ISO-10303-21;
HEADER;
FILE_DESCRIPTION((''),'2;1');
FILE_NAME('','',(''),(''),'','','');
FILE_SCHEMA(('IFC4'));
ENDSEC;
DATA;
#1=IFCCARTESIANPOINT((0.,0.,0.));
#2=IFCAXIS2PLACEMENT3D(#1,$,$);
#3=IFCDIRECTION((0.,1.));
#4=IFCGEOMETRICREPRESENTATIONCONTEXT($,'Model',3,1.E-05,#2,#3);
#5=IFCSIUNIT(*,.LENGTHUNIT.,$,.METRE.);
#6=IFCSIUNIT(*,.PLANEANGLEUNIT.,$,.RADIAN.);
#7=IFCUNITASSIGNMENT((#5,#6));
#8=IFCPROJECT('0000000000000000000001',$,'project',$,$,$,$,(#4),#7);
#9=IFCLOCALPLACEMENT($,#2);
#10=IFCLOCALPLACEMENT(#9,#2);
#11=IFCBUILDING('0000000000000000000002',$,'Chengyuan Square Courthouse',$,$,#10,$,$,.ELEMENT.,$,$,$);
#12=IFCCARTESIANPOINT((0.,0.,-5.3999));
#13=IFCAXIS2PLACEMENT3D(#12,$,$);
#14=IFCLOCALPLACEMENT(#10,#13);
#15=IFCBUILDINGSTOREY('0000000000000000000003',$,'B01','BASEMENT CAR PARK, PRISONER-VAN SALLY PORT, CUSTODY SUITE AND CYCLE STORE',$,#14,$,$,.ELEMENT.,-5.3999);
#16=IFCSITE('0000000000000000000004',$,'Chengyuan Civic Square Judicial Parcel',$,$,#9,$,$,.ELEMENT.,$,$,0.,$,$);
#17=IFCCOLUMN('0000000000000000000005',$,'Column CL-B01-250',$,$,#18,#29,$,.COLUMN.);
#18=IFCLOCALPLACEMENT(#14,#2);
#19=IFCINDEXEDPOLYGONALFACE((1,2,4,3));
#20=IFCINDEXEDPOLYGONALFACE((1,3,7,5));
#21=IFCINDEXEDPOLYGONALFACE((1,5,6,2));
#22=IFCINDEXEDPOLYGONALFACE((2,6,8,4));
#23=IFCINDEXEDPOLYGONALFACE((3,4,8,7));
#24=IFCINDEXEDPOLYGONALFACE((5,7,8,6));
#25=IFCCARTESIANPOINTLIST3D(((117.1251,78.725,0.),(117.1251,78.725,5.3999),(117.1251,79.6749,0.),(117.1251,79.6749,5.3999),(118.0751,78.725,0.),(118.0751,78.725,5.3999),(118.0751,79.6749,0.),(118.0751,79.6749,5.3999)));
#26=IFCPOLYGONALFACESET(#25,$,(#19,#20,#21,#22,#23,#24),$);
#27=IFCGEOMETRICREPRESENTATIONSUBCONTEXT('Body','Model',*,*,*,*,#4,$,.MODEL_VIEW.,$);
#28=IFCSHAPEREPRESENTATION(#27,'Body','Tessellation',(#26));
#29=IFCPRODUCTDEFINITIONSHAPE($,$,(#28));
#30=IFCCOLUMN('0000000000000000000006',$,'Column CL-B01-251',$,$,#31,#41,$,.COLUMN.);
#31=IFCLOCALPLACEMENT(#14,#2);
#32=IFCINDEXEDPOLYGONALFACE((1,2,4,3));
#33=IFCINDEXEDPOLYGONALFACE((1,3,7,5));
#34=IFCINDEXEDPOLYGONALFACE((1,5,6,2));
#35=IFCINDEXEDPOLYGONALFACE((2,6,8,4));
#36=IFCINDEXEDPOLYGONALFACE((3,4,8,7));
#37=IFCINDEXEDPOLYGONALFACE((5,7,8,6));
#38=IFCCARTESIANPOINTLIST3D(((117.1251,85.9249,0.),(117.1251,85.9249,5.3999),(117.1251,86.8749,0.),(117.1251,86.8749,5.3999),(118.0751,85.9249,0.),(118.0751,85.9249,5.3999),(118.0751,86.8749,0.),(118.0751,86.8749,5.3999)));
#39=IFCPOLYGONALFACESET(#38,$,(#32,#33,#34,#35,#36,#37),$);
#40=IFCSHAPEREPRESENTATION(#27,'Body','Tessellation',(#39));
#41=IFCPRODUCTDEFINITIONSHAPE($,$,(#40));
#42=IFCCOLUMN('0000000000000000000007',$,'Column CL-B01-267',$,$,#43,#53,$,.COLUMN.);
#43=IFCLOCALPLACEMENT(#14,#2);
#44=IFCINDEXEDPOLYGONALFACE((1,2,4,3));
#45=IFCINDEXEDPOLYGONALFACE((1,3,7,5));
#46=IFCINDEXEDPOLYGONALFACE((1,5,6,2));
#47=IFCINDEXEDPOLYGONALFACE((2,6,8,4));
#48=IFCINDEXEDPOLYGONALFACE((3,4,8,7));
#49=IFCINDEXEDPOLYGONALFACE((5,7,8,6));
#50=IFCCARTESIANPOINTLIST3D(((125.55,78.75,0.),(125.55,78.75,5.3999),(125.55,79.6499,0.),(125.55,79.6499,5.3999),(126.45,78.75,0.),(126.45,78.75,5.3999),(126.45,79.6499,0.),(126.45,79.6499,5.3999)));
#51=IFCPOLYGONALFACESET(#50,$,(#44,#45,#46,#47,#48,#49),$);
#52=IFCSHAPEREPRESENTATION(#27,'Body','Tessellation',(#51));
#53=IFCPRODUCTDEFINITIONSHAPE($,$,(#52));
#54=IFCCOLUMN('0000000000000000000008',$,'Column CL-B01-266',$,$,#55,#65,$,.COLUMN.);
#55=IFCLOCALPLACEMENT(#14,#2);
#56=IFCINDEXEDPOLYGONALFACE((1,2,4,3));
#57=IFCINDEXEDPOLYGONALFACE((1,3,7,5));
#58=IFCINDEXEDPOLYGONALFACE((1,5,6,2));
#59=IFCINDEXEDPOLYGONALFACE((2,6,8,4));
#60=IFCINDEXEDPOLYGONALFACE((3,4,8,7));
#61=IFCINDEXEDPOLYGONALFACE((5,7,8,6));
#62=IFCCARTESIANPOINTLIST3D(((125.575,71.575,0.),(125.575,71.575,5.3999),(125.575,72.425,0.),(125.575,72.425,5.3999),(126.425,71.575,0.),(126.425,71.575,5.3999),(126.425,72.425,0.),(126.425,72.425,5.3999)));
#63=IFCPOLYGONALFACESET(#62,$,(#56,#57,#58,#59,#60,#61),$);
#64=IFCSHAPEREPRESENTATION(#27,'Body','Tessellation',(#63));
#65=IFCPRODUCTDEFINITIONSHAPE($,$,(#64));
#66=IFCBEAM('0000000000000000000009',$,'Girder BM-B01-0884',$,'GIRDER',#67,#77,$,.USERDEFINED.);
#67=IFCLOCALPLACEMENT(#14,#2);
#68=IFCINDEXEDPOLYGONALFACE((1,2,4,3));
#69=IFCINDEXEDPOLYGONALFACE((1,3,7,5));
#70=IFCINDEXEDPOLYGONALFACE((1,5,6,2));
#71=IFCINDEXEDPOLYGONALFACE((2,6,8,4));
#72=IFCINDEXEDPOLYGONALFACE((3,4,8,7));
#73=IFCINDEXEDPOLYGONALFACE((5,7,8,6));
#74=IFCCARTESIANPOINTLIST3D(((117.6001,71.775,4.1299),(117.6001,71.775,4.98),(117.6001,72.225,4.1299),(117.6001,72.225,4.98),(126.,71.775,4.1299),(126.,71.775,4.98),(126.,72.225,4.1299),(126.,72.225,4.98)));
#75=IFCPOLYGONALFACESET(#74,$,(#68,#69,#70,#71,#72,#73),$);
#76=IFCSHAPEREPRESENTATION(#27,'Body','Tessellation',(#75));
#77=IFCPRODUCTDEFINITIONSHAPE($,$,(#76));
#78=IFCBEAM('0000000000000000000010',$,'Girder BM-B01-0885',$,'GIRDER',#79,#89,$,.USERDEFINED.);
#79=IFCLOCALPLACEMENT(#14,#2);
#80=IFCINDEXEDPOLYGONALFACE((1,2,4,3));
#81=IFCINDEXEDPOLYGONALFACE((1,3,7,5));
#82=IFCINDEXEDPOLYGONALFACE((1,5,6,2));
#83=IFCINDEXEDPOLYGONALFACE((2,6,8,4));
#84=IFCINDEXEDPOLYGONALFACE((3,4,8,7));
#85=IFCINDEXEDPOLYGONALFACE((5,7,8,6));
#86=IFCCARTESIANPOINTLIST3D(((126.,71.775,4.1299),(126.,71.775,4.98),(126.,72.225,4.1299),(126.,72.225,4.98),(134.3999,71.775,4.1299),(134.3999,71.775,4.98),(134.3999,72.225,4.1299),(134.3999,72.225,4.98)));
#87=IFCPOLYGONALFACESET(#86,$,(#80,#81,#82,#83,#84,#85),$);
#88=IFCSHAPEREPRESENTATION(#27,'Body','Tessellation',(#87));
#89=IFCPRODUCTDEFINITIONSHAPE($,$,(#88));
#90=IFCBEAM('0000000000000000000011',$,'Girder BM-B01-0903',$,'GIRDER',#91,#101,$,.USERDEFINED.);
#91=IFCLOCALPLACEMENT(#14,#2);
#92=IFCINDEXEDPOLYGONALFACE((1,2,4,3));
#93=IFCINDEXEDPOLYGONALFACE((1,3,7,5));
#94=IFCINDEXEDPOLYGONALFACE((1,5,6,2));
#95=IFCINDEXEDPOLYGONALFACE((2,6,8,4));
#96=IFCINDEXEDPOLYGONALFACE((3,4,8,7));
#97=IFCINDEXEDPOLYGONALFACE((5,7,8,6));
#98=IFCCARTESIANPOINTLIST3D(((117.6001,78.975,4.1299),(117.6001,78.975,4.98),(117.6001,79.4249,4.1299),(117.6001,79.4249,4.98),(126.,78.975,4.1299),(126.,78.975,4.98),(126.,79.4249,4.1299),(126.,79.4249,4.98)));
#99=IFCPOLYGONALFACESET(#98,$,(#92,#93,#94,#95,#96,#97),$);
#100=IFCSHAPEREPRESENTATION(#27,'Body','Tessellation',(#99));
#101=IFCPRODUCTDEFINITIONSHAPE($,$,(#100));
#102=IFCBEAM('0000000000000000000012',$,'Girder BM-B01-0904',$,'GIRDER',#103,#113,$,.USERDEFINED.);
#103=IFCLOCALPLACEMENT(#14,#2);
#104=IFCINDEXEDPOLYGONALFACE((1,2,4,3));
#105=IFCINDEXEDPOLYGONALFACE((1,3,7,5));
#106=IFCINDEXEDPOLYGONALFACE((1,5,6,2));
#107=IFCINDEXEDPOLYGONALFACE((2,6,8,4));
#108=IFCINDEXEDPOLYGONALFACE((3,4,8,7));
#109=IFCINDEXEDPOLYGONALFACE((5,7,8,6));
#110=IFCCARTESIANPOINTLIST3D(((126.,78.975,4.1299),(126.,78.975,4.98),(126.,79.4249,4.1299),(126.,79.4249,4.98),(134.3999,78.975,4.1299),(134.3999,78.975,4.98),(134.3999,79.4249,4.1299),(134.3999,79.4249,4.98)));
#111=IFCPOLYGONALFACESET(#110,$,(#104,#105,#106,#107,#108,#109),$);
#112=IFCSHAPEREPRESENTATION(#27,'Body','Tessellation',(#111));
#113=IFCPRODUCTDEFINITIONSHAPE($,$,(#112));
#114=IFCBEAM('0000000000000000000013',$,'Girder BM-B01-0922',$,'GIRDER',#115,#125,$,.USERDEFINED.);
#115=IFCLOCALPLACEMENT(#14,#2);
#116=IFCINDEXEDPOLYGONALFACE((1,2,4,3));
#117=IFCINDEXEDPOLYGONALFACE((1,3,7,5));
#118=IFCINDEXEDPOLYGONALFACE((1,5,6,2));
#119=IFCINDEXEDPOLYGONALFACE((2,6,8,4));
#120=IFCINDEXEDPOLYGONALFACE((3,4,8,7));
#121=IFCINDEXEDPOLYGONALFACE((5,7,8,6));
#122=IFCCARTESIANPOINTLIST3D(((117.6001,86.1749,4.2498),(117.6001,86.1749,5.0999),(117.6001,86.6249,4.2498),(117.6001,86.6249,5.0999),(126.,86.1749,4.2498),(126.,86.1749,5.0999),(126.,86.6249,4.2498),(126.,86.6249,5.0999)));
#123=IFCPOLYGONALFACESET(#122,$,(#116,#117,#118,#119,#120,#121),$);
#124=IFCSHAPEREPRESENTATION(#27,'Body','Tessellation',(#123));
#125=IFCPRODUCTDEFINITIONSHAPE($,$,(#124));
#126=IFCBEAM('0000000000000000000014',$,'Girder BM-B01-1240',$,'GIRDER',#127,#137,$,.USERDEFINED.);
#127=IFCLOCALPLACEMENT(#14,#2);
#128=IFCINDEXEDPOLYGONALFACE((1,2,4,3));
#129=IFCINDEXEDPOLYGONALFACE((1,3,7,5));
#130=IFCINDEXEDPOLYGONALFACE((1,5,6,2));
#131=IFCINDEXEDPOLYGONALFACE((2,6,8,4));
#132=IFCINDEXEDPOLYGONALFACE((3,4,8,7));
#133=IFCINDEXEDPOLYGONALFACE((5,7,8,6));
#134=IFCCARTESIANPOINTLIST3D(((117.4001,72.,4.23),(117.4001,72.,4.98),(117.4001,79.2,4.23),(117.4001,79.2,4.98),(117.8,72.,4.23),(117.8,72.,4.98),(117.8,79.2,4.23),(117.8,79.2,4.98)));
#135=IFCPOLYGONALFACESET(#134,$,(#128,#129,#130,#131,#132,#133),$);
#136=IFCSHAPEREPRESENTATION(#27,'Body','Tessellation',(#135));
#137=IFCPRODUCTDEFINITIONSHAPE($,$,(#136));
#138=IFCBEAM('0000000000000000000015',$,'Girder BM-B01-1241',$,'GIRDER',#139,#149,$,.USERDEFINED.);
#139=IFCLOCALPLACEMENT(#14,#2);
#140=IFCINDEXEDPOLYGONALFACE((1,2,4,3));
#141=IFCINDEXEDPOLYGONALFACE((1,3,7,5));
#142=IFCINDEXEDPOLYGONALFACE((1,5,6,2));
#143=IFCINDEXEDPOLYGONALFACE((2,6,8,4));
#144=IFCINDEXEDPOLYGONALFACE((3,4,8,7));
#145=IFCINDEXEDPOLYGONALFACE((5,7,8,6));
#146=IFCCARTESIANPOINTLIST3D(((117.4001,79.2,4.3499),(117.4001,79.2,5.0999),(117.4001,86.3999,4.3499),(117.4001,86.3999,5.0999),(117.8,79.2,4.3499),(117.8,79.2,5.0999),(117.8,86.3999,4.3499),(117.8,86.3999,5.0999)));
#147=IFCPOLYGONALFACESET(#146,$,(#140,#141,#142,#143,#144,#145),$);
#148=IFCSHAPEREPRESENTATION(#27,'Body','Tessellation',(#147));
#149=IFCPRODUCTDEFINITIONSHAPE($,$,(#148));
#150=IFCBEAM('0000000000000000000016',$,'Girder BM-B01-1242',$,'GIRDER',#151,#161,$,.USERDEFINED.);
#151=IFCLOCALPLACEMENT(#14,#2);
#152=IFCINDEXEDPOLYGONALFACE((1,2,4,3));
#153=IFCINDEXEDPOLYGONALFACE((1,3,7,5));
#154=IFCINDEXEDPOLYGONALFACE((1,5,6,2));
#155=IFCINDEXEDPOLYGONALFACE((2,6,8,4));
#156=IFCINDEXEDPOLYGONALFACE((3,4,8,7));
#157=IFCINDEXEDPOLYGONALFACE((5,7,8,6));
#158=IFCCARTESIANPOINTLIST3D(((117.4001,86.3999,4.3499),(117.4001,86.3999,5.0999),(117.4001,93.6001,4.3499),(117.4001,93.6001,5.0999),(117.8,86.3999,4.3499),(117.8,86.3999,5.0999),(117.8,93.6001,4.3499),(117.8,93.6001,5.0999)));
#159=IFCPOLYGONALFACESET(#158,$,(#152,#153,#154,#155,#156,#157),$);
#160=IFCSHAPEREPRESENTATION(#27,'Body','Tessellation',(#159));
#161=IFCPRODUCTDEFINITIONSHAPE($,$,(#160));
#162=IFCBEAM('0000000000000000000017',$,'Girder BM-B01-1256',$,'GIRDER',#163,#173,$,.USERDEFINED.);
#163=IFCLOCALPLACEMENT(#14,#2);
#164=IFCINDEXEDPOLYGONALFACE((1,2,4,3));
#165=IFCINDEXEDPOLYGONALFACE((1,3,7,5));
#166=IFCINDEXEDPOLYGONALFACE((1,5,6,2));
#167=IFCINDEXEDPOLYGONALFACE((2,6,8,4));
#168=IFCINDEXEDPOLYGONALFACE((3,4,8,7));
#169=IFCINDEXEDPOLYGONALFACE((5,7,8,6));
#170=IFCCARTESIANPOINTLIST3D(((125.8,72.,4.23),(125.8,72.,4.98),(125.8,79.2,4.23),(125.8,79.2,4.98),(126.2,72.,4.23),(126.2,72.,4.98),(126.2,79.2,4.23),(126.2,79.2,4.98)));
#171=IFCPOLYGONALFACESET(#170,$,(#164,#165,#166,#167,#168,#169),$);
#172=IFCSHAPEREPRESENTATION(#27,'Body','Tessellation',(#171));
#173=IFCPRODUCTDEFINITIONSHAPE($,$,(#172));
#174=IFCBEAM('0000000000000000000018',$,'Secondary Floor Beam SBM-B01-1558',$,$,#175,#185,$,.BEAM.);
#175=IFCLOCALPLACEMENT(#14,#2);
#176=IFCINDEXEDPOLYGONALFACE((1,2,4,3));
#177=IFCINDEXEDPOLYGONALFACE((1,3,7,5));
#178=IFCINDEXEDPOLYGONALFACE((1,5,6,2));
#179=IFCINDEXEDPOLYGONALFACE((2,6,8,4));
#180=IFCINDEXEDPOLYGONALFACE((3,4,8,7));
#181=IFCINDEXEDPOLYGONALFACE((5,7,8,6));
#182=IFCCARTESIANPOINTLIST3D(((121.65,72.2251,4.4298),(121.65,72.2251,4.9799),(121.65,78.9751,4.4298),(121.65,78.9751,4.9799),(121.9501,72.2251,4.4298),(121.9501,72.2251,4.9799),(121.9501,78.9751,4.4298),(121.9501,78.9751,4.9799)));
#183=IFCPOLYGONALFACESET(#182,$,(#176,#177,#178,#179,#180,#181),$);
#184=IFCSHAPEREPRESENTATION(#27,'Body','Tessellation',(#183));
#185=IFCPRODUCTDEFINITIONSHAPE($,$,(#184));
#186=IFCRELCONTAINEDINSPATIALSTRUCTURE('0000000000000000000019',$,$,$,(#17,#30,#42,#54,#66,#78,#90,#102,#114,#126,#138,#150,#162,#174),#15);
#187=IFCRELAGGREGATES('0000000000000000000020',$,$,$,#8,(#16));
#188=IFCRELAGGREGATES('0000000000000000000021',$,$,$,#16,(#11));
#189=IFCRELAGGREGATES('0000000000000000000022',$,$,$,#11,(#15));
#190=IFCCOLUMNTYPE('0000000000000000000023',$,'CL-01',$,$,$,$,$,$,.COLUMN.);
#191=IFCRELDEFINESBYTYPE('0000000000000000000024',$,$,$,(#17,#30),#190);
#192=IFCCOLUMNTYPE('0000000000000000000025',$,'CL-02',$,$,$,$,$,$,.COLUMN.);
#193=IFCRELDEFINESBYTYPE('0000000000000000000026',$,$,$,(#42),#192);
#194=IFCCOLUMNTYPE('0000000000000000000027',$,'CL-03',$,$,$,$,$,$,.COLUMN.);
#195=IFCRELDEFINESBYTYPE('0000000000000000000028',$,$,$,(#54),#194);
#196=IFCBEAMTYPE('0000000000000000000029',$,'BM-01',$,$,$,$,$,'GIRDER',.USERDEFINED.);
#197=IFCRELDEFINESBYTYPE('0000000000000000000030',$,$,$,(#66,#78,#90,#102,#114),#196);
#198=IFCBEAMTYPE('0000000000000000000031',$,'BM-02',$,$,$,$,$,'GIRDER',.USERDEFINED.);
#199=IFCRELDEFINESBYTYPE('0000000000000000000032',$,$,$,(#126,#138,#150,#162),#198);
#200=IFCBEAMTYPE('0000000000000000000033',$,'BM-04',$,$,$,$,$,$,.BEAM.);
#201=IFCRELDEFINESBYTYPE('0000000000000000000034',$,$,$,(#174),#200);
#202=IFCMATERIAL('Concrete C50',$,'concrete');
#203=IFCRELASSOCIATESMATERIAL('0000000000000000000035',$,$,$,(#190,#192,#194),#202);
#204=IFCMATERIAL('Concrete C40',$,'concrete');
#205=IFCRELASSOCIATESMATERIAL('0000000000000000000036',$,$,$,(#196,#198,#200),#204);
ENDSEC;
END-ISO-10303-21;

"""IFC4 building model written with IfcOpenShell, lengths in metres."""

from ifc_helpers import new_model, si_unit, direction, frame, origin, origin_2d, place, context, subcontext, project, spatial, rectangle, extrude, material, material_profile, profile_set, type_object, element, save


model = new_model("IFC4")

# Units and contexts
model_context = context("Model", 3, precision=1e-05, world=origin(), true_north=direction((0.0, 1.0)))
body_context = subcontext(model_context, "Body", "Model", "MODEL_VIEW")
ifc_project = project(units=[si_unit("LENGTHUNIT", "METRE"), si_unit("PLANEANGLEUNIT", "RADIAN")], contexts=[model_context])

# Site, building, storey
site_placement = place(None, origin())
site = spatial("IfcSite", under=ifc_project, at=site_placement, Name="Chengyuan Civic Square Judicial Parcel", CompositionType="ELEMENT", RefElevation=0.0)
building_placement = place(site_placement, origin())
building = spatial("IfcBuilding", under=site, at=building_placement, Name="Chengyuan Square Courthouse", CompositionType="ELEMENT")
storey_placement = place(building_placement, frame((0.0, 0.0, -5.3999)))
storey = spatial("IfcBuildingStorey", under=building, at=storey_placement, Name="B01", Description="BASEMENT CAR PARK, PRISONER-VAN SALLY PORT, CUSTODY SUITE AND CYCLE STORE", CompositionType="ELEMENT", Elevation=-5.3999)

# Columns
ifc_material_1 = material(Name="Concrete C50", Category="concrete")
ifc_material_profile_1 = material_profile(ifc_material_1, rectangle(XDim=0.95, YDim=0.95, at=origin_2d()), Name="RC-COL-950x950")
ifc_profile_set_1 = profile_set([ifc_material_profile_1], Name="Concrete C50")
column_type_1 = type_object("IfcColumnType", Name="CL-01", PredefinedType="COLUMN", material=ifc_profile_set_1)
for number, where, z_axis, x_axis, name in (
    (1, (117.6001, 79.2, 0.0), (0.0, 0.0, 1.0), (1.0, 0.0, 0.0), "Column CL-B01-250"),
    (2, (117.6001, 86.3999, 0.0), (0.0, 0.0, 1.0), (1.0, 0.0, 0.0), "Column CL-B01-251"),
):
    element("IfcColumn", number, at=place(storey_placement, frame(where, z_axis=z_axis, x_axis=x_axis)), inside=storey, type_object=column_type_1, Name=name, PredefinedType="COLUMN", context=body_context, shape_type="SweptSolid", body=[
        extrude(rectangle(XDim=0.95, YDim=0.95, at=origin_2d()), origin(), (0.0, 0.0, 1.0), 5.3999),
    ])
ifc_material_profile_2 = material_profile(ifc_material_1, rectangle(XDim=0.8999, YDim=0.8999, at=origin_2d()), Name="RC-COL-900x900")
ifc_profile_set_2 = profile_set([ifc_material_profile_2], Name="Concrete C50")
column_type_2 = type_object("IfcColumnType", Name="CL-02", PredefinedType="COLUMN", material=ifc_profile_set_2)
column_1_placement = place(storey_placement, frame((126.0, 79.2, 0.0), z_axis=(0.0, 0.0, 1.0), x_axis=(1.0, 0.0, 0.0)))
element("IfcColumn", 3, at=column_1_placement, inside=storey, type_object=column_type_2, Name="Column CL-B01-267", PredefinedType="COLUMN", context=body_context, shape_type="SweptSolid", body=[
    extrude(rectangle(XDim=0.8999, YDim=0.8999, at=origin_2d()), origin(), (0.0, 0.0, 1.0), 5.3999),
])
ifc_material_profile_3 = material_profile(ifc_material_1, rectangle(XDim=0.8501, YDim=0.8501, at=origin_2d()), Name="RC-COL-850x850")
ifc_profile_set_3 = profile_set([ifc_material_profile_3], Name="Concrete C50")
column_type_3 = type_object("IfcColumnType", Name="CL-03", PredefinedType="COLUMN", material=ifc_profile_set_3)
column_2_placement = place(storey_placement, frame((126.0, 72.0, 0.0), z_axis=(0.0, 0.0, 1.0), x_axis=(1.0, 0.0, 0.0)))
element("IfcColumn", 4, at=column_2_placement, inside=storey, type_object=column_type_3, Name="Column CL-B01-266", PredefinedType="COLUMN", context=body_context, shape_type="SweptSolid", body=[
    extrude(rectangle(XDim=0.8501, YDim=0.8501, at=origin_2d()), origin(), (0.0, 0.0, 1.0), 5.3999),
])

# Beams
ifc_material_2 = material(Name="Concrete C40", Category="concrete")
ifc_material_profile_4 = material_profile(ifc_material_2, rectangle(XDim=0.45, YDim=0.8501, at=origin_2d()), Name="RC-BM-450x850")
ifc_profile_set_4 = profile_set([ifc_material_profile_4], Name="Concrete C40")
beam_type_1 = type_object("IfcBeamType", Name="BM-01", ElementType="GIRDER", PredefinedType="USERDEFINED", material=ifc_profile_set_4)
for number, where, z_axis, x_axis, name in (
    (5, (117.6001, 72.0, 4.5549), (1.0, 0.0, 0.0), (0.0, 1.0, 0.0), "Girder BM-B01-0884"),
    (6, (126.0, 72.0, 4.5549), (1.0, 0.0, 0.0), (0.0, 1.0, 0.0), "Girder BM-B01-0885"),
    (7, (117.6001, 79.2, 4.5549), (1.0, 0.0, 0.0), (0.0, 1.0, 0.0), "Girder BM-B01-0903"),
    (8, (126.0, 79.2, 4.5549), (1.0, 0.0, 0.0), (0.0, 1.0, 0.0), "Girder BM-B01-0904"),
    (9, (117.6001, 86.3999, 4.6748), (1.0, 0.0, 0.0), (0.0, 1.0, 0.0), "Girder BM-B01-0922"),
):
    element("IfcBeam", number, at=place(storey_placement, frame(where, z_axis=z_axis, x_axis=x_axis)), inside=storey, type_object=beam_type_1, Name=name, ObjectType="GIRDER", PredefinedType="USERDEFINED", context=body_context, shape_type="SweptSolid", body=[
        extrude(rectangle(XDim=0.45, YDim=0.8501, at=origin_2d()), origin(), (0.0, 0.0, 1.0), 8.3999),
    ])
ifc_material_profile_5 = material_profile(ifc_material_2, rectangle(XDim=0.3999, YDim=0.75, at=origin_2d()), Name="RC-BM-400x750")
ifc_profile_set_5 = profile_set([ifc_material_profile_5], Name="Concrete C40")
beam_type_2 = type_object("IfcBeamType", Name="BM-02", ElementType="GIRDER", PredefinedType="USERDEFINED", material=ifc_profile_set_5)
for number, where, z_axis, x_axis, name in (
    (10, (117.6001, 72.0, 4.605), (0.0, 1.0, 0.0), (-1.0, 0.0, 0.0), "Girder BM-B01-1240"),
    (11, (117.6001, 79.2, 4.7249), (0.0, 1.0, 0.0), (-1.0, 0.0, 0.0), "Girder BM-B01-1241"),
):
    element("IfcBeam", number, at=place(storey_placement, frame(where, z_axis=z_axis, x_axis=x_axis)), inside=storey, type_object=beam_type_2, Name=name, ObjectType="GIRDER", PredefinedType="USERDEFINED", context=body_context, shape_type="SweptSolid", body=[
        extrude(rectangle(XDim=0.3999, YDim=0.75, at=origin_2d()), origin(), (0.0, 0.0, 1.0), 7.2),
    ])
beam_1_placement = place(storey_placement, frame((117.6001, 86.3999, 4.7249), z_axis=(0.0, 1.0, 0.0), x_axis=(-1.0, 0.0, 0.0)))
element("IfcBeam", 12, at=beam_1_placement, inside=storey, type_object=beam_type_2, Name="Girder BM-B01-1242", ObjectType="GIRDER", PredefinedType="USERDEFINED", context=body_context, shape_type="SweptSolid", body=[
    extrude(rectangle(XDim=0.3999, YDim=0.75, at=origin_2d()), origin(), (0.0, 0.0, 1.0), 7.2002),
])
beam_2_placement = place(storey_placement, frame((126.0, 72.0, 4.605), z_axis=(0.0, 1.0, 0.0), x_axis=(-1.0, 0.0, 0.0)))
element("IfcBeam", 13, at=beam_2_placement, inside=storey, type_object=beam_type_2, Name="Girder BM-B01-1256", ObjectType="GIRDER", PredefinedType="USERDEFINED", context=body_context, shape_type="SweptSolid", body=[
    extrude(rectangle(XDim=0.3999, YDim=0.75, at=origin_2d()), origin(), (0.0, 0.0, 1.0), 7.2),
])
ifc_material_profile_6 = material_profile(ifc_material_2, rectangle(XDim=0.3, YDim=0.55, at=origin_2d()), Name="RC-BM-300x550")
ifc_profile_set_6 = profile_set([ifc_material_profile_6], Name="Concrete C40")
beam_type_3 = type_object("IfcBeamType", Name="BM-04", PredefinedType="BEAM", material=ifc_profile_set_6)
beam_3_placement = place(storey_placement, frame((121.8, 72.2251, 4.7048), z_axis=(0.0, 1.0, 0.0), x_axis=(-1.0, 0.0, 0.0)))
element("IfcBeam", 14, at=beam_3_placement, inside=storey, type_object=beam_type_3, Name="Secondary Floor Beam SBM-B01-1558", PredefinedType="BEAM", context=body_context, shape_type="SweptSolid", body=[
    extrude(rectangle(XDim=0.3, YDim=0.55, at=origin_2d()), origin(), (0.0, 0.0, 1.0), 6.75),
])

save(model, "model.ifc")
